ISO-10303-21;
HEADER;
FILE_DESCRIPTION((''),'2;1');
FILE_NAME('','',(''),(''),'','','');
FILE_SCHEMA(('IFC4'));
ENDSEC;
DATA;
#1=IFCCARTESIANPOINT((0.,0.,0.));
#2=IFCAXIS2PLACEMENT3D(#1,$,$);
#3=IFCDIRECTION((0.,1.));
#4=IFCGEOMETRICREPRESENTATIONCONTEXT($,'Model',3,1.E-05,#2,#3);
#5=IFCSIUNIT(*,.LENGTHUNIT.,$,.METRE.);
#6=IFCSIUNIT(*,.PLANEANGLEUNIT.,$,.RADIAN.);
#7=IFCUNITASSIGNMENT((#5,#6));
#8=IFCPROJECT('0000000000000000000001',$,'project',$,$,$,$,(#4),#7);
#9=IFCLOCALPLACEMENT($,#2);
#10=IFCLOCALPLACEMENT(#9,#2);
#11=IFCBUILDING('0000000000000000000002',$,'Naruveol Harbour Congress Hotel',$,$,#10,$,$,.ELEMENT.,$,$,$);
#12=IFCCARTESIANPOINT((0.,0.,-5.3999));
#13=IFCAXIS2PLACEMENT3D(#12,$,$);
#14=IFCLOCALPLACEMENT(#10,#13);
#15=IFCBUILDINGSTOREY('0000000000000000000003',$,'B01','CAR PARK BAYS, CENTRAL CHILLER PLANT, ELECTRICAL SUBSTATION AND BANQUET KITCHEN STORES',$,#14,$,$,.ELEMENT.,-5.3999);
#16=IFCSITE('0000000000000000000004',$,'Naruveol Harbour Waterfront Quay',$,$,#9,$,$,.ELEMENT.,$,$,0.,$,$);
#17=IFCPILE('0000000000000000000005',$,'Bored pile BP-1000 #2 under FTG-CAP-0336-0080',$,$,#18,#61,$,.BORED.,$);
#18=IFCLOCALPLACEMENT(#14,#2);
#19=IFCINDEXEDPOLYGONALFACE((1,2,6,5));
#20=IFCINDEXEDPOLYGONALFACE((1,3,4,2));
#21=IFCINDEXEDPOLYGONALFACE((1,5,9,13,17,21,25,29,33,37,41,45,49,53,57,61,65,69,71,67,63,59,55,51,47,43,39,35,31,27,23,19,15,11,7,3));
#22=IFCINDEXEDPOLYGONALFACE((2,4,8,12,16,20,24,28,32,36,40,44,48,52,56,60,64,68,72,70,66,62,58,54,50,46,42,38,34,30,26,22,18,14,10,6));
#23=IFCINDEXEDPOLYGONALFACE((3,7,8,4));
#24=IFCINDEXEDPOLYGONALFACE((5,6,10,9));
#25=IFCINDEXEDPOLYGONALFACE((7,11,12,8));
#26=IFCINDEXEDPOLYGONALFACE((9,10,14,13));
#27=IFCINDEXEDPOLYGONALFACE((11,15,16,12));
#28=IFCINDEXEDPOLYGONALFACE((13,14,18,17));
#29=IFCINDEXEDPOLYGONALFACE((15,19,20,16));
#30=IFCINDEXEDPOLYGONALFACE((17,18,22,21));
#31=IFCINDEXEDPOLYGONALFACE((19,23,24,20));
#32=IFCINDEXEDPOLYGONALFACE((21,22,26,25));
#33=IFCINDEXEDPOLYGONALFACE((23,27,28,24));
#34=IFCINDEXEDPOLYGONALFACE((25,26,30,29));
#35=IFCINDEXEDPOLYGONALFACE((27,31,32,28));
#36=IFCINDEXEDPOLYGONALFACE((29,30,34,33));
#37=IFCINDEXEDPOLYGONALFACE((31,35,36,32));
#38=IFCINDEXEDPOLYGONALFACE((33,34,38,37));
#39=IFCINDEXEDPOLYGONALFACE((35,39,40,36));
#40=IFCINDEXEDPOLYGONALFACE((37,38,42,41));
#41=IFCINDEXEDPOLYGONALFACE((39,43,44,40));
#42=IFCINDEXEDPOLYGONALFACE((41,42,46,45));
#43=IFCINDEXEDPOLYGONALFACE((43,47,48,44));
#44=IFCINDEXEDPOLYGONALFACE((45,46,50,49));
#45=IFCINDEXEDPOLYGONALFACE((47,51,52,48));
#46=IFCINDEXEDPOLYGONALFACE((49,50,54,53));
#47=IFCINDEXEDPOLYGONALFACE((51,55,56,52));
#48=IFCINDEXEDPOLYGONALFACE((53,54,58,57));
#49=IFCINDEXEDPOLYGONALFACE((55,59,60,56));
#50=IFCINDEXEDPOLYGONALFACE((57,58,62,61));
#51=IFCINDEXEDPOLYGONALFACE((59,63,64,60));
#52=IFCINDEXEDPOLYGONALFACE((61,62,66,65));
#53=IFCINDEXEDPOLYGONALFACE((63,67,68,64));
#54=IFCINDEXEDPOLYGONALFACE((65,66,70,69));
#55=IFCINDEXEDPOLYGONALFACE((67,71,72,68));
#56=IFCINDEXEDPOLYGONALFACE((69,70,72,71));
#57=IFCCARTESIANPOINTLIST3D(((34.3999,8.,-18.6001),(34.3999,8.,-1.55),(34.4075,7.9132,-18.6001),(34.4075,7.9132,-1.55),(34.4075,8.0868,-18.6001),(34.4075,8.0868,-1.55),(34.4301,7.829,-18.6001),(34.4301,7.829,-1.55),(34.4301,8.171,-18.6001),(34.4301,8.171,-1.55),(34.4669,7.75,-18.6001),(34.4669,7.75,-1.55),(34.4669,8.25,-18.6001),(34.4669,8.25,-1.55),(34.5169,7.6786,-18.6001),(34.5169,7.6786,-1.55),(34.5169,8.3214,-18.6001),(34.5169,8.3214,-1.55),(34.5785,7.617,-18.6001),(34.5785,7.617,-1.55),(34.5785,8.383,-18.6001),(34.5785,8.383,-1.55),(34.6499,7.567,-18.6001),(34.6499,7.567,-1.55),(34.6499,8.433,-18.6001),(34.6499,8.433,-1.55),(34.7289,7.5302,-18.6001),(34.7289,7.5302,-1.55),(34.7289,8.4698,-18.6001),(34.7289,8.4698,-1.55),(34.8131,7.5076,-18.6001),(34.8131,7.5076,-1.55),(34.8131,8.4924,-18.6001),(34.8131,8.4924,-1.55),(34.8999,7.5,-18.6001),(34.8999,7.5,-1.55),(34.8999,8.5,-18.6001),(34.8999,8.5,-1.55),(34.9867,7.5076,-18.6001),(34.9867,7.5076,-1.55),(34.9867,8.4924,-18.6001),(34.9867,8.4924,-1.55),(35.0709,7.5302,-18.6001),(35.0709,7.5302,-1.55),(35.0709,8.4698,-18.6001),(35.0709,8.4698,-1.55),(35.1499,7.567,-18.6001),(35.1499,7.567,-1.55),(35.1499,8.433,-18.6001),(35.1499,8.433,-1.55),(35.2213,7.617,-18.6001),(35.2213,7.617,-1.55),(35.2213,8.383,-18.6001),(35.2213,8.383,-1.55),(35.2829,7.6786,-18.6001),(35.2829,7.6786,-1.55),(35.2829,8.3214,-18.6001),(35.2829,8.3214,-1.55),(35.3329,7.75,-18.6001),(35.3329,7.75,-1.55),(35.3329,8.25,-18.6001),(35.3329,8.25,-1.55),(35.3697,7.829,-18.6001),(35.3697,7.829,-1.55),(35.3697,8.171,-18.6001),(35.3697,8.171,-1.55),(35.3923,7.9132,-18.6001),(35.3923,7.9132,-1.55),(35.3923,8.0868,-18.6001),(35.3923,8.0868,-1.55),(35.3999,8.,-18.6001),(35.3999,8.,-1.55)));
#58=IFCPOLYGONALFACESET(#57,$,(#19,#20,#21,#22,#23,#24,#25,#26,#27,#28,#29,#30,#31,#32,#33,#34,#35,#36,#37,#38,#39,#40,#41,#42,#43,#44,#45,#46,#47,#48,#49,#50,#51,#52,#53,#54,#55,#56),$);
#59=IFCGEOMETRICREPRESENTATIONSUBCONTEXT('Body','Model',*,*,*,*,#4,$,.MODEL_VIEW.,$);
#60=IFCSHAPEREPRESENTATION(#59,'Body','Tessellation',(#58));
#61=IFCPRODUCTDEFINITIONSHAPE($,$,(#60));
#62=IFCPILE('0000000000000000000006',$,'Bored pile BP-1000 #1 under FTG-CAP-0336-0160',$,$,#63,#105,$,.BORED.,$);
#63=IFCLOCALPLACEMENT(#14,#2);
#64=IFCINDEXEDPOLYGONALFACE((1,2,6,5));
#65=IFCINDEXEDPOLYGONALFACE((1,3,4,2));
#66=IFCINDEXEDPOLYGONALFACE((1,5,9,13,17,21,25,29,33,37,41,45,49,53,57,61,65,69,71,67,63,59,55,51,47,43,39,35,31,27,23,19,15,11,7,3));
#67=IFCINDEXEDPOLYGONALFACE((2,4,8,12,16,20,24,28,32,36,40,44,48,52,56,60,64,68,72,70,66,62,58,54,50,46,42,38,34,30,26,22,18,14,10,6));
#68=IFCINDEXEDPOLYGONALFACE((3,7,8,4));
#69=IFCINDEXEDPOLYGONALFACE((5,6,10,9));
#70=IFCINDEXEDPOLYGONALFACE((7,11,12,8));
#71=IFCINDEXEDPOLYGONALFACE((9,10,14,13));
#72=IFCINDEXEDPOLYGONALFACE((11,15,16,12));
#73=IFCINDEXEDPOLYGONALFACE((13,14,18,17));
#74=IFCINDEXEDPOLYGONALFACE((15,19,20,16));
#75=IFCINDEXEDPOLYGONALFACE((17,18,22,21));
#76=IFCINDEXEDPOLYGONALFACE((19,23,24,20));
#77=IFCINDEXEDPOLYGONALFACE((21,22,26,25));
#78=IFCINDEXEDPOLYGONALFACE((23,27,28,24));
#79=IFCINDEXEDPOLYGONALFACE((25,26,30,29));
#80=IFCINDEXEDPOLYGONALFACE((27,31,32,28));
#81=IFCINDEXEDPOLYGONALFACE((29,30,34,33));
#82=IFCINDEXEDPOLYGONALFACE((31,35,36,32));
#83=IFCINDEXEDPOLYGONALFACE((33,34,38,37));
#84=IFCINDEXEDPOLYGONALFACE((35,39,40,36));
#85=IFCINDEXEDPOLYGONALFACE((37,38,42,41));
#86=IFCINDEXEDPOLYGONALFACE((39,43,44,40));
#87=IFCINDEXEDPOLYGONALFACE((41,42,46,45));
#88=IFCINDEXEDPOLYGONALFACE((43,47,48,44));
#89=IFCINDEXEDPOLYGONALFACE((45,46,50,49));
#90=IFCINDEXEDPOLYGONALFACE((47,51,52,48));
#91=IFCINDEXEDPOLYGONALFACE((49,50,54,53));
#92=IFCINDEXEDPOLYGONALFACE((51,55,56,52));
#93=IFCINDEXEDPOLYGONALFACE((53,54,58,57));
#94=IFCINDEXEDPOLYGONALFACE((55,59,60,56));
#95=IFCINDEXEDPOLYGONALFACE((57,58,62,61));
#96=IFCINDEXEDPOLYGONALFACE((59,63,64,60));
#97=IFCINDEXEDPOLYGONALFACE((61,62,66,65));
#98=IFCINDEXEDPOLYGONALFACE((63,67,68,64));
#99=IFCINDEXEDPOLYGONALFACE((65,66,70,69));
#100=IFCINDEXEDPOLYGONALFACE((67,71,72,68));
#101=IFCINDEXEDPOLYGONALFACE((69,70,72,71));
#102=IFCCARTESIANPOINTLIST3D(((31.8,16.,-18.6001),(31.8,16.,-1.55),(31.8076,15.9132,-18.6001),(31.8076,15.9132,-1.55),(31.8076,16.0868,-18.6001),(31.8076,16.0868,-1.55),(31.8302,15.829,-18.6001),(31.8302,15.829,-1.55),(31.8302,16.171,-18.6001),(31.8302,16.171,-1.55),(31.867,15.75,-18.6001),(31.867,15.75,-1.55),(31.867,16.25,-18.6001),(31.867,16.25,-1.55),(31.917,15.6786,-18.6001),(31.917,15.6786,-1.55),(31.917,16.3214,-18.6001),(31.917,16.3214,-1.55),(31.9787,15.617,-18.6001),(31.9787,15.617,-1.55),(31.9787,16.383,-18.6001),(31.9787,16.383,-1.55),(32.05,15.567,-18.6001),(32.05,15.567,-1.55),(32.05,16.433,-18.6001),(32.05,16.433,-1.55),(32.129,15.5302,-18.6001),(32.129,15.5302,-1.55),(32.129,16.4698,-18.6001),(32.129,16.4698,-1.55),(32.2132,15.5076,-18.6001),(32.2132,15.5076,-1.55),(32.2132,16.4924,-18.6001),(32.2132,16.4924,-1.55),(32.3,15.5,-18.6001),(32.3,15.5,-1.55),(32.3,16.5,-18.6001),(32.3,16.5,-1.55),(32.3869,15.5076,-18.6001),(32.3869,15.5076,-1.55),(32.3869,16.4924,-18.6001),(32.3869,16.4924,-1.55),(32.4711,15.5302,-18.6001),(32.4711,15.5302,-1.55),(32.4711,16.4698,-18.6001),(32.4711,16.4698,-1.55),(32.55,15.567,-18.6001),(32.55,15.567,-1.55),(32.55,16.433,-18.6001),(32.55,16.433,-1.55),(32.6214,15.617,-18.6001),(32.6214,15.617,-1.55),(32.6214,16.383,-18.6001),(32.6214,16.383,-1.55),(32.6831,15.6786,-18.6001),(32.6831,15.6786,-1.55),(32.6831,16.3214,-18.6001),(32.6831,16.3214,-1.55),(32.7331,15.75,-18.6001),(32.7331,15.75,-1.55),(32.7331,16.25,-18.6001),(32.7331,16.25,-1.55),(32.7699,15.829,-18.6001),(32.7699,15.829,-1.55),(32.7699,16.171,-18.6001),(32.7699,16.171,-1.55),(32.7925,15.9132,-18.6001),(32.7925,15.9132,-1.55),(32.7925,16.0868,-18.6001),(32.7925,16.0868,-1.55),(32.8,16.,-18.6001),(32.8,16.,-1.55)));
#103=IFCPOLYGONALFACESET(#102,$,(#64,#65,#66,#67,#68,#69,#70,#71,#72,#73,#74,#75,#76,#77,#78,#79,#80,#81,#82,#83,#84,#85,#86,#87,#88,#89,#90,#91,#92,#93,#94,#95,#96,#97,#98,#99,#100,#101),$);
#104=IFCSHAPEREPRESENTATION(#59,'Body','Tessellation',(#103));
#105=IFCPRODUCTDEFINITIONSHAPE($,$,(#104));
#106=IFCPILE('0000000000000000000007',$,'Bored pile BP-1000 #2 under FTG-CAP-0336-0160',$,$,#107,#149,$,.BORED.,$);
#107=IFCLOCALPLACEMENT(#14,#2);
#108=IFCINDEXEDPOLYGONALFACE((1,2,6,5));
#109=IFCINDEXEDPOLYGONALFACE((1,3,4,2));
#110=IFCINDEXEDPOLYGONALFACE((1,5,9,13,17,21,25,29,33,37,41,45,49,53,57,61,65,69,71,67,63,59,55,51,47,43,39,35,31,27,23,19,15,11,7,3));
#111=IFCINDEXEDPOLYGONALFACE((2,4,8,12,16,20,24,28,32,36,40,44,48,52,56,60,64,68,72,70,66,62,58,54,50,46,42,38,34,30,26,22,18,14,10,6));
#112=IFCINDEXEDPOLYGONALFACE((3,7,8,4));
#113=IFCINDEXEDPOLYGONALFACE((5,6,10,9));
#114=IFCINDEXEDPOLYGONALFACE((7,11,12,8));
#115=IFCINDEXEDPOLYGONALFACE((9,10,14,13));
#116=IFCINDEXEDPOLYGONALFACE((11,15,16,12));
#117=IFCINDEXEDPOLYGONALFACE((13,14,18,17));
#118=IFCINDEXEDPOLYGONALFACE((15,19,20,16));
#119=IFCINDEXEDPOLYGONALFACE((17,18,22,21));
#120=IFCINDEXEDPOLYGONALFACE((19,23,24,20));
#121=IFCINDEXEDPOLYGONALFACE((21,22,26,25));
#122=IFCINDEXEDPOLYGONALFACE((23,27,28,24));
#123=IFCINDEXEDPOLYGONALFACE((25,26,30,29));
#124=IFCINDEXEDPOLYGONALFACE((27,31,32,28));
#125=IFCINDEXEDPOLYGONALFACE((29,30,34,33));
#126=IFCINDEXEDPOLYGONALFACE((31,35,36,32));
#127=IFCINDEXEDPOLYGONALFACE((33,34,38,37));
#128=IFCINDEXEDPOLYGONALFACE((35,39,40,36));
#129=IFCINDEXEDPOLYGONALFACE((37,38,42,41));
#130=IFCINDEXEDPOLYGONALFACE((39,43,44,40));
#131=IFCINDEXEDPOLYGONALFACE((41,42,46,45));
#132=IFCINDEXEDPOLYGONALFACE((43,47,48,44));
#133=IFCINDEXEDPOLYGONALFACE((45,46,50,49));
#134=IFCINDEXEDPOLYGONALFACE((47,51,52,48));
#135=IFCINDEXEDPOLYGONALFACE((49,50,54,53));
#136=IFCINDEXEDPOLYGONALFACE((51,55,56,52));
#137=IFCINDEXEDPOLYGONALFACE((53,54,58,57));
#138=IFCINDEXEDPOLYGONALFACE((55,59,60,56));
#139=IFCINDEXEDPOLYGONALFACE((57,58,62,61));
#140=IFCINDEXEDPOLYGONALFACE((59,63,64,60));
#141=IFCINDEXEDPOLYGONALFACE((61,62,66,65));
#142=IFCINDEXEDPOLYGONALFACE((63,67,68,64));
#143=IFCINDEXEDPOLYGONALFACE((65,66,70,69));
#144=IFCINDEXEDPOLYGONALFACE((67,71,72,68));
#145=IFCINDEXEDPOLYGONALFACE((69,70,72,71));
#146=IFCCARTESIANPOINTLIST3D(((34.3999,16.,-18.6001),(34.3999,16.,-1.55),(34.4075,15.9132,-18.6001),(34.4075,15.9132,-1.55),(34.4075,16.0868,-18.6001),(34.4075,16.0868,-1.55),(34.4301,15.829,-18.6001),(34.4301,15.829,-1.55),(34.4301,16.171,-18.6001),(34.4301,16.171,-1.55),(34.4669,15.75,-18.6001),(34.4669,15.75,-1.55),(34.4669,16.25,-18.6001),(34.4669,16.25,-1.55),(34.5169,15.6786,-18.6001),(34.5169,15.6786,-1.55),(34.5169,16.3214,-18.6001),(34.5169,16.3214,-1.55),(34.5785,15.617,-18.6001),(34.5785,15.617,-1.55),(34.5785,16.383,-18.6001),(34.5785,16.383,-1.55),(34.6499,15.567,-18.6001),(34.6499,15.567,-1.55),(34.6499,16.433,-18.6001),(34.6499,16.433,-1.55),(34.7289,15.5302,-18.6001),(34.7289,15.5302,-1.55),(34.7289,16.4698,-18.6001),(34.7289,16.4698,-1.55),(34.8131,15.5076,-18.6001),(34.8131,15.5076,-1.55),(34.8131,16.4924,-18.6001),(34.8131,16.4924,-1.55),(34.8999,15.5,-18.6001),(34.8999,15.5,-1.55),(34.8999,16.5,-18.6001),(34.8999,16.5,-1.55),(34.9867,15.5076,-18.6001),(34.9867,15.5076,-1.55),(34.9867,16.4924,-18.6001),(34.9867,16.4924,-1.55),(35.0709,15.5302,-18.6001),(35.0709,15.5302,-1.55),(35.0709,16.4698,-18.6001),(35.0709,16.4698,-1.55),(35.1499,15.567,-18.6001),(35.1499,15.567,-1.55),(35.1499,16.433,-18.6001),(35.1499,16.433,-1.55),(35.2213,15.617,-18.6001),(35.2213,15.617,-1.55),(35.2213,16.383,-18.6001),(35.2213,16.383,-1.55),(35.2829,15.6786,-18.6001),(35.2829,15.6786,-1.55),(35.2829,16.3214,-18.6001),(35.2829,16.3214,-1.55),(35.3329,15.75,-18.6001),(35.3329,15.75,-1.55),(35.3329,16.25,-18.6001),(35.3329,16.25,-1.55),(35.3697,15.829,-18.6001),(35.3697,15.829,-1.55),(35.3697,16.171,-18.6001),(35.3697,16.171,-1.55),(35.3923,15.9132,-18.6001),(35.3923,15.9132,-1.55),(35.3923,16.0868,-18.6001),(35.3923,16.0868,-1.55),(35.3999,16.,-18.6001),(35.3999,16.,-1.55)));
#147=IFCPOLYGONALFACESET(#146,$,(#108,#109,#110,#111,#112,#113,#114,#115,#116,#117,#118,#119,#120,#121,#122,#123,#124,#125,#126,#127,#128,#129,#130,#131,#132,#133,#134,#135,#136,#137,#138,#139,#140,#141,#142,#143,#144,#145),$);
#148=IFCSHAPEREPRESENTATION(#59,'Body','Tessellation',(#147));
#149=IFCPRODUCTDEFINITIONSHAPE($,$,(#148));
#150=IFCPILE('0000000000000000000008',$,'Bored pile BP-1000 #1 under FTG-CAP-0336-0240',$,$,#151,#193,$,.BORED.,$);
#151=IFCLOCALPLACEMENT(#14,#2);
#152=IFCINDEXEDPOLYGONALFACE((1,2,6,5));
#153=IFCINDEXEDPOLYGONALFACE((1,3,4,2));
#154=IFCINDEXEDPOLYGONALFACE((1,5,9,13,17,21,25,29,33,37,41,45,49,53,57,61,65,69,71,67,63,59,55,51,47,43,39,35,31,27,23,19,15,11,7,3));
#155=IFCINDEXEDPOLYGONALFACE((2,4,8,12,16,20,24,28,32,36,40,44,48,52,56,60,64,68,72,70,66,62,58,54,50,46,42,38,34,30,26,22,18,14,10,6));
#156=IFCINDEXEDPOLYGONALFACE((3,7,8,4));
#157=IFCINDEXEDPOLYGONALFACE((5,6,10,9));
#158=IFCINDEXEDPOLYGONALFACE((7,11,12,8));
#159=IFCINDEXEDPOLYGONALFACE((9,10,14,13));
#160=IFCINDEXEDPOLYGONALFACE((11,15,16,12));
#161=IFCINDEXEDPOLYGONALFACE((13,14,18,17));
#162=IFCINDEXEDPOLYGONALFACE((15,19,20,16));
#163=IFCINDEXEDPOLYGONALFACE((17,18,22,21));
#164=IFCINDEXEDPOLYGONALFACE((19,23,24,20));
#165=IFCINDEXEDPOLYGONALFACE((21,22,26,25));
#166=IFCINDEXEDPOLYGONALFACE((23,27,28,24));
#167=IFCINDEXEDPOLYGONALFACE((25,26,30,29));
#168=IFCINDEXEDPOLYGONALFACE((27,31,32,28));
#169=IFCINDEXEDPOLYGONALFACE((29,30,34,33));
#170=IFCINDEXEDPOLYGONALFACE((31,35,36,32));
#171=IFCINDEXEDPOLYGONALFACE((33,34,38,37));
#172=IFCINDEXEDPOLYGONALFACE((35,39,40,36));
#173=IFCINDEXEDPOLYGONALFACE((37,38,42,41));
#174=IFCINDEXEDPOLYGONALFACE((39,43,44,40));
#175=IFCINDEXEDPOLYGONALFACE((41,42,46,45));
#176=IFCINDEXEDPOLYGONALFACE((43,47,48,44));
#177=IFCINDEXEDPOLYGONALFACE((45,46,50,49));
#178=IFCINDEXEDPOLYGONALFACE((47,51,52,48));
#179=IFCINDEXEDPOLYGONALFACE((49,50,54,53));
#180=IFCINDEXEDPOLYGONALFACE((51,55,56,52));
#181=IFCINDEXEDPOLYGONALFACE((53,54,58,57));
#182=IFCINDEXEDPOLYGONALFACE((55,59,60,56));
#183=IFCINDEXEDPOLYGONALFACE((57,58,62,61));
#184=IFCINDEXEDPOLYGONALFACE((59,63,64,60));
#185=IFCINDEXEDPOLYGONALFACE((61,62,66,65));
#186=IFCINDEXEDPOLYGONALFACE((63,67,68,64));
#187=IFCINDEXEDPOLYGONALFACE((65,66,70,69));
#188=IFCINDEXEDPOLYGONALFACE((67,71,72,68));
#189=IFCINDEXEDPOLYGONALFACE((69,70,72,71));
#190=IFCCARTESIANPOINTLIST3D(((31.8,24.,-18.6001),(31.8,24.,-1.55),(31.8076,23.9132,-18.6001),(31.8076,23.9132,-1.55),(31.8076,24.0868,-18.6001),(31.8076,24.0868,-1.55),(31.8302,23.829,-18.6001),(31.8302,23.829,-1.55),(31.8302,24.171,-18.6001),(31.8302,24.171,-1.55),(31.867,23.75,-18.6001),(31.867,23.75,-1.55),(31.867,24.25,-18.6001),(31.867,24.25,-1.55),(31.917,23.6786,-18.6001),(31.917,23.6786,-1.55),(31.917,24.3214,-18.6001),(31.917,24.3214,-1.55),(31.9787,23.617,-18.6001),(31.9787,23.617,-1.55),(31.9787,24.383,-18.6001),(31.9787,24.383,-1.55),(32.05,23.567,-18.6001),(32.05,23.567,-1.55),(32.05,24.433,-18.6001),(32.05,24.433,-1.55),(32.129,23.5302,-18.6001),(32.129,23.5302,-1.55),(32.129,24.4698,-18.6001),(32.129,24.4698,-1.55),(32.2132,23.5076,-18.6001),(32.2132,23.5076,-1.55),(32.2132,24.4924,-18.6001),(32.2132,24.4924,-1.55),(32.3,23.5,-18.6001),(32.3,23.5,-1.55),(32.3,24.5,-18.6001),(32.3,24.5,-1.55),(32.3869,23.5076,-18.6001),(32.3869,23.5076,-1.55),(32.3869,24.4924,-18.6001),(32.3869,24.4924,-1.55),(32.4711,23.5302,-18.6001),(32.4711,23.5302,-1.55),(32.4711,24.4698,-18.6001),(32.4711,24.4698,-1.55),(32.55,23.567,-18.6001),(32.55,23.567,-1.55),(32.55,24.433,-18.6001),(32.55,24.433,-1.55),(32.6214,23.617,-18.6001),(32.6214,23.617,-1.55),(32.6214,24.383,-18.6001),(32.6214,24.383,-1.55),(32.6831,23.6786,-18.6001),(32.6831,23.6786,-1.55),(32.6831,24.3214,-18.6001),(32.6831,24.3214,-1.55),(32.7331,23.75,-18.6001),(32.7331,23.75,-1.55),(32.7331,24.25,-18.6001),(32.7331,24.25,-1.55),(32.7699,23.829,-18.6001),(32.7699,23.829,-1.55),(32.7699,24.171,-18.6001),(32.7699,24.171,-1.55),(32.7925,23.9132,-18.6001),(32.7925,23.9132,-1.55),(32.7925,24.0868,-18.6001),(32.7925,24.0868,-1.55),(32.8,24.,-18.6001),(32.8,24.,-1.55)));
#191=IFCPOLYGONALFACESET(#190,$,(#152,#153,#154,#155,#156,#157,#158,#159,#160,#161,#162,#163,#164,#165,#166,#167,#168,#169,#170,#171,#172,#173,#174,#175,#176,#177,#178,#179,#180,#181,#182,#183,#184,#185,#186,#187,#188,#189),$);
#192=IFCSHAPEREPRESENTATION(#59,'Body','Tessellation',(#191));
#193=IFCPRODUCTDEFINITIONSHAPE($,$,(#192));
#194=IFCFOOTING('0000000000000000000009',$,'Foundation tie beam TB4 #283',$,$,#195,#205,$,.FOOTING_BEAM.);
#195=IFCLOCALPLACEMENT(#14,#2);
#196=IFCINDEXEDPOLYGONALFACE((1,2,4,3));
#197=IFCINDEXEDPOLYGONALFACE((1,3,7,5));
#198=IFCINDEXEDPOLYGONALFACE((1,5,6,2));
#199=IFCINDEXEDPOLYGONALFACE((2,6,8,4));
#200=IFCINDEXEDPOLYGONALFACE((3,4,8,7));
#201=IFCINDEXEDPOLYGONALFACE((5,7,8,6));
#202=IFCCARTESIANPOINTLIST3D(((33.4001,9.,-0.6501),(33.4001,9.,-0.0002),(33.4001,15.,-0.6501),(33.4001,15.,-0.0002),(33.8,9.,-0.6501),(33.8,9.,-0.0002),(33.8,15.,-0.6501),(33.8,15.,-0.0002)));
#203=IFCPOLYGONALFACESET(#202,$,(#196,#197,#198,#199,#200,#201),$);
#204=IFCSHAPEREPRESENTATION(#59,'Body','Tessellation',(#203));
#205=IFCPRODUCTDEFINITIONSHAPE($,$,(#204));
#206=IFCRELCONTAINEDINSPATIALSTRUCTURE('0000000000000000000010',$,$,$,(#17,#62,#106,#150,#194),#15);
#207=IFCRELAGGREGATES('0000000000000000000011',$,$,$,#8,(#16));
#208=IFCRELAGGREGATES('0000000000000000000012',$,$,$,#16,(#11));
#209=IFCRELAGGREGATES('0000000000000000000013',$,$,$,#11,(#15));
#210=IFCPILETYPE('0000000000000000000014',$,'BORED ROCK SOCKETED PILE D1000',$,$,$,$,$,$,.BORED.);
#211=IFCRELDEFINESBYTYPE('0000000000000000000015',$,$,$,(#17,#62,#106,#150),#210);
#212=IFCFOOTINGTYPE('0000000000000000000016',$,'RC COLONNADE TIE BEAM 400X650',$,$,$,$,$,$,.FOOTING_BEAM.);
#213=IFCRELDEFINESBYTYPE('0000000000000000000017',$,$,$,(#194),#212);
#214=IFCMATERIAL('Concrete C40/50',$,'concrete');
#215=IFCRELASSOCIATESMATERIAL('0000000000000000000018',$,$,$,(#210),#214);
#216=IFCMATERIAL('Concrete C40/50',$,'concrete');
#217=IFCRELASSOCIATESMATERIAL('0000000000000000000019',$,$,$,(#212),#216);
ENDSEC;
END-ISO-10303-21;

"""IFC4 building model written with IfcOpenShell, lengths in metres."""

from ifc_helpers import new_model, si_unit, direction, frame, origin, origin_2d, place, context, subcontext, project, spatial, rectangle, circle, extrude, material, material_profile, profile_set, type_object, element, save


model = new_model("IFC4")

# Units and contexts
model_context = context("Model", 3, precision=1e-05, world=origin(), true_north=direction((0.0, 1.0)))
body_context = subcontext(model_context, "Body", "Model", "MODEL_VIEW")
ifc_project = project(units=[si_unit("LENGTHUNIT", "METRE"), si_unit("PLANEANGLEUNIT", "RADIAN")], contexts=[model_context])

# Site, building, storey
site_placement = place(None, origin())
site = spatial("IfcSite", under=ifc_project, at=site_placement, Name="Naruveol Harbour Waterfront Quay", CompositionType="ELEMENT", RefElevation=0.0)
building_placement = place(site_placement, origin())
building = spatial("IfcBuilding", under=site, at=building_placement, Name="Naruveol Harbour Congress Hotel", CompositionType="ELEMENT")
storey_placement = place(building_placement, frame((0.0, 0.0, -5.3999)))
storey = spatial("IfcBuildingStorey", under=building, at=storey_placement, Name="B01", Description="CAR PARK BAYS, CENTRAL CHILLER PLANT, ELECTRICAL SUBSTATION AND BANQUET KITCHEN STORES", CompositionType="ELEMENT", Elevation=-5.3999)

# Piles
ifc_material_1 = material(Name="Concrete C40/50", Category="concrete")
ifc_material_profile_1 = material_profile(ifc_material_1, circle(Radius=0.5, at=origin_2d()), Name="BP-1000")
ifc_profile_set_1 = profile_set([ifc_material_profile_1], Name="Concrete C40/50")
pile_type = type_object("IfcPileType", Name="BORED ROCK SOCKETED PILE D1000", PredefinedType="BORED", material=ifc_profile_set_1)
for number, where, z_axis, x_axis, name in (
    (1, (34.8999, 8.0, -1.55), (0.0, 0.0, -1.0), (1.0, 0.0, 0.0), "Bored pile BP-1000 #2 under FTG-CAP-0336-0080"),
    (2, (32.3, 16.0, -1.55), (0.0, 0.0, -1.0), (1.0, 0.0, 0.0), "Bored pile BP-1000 #1 under FTG-CAP-0336-0160"),
    (3, (34.8999, 16.0, -1.55), (0.0, 0.0, -1.0), (1.0, 0.0, 0.0), "Bored pile BP-1000 #2 under FTG-CAP-0336-0160"),
    (4, (32.3, 24.0, -1.55), (0.0, 0.0, -1.0), (1.0, 0.0, 0.0), "Bored pile BP-1000 #1 under FTG-CAP-0336-0240"),
):
    element("IfcPile", number, at=place(storey_placement, frame(where, z_axis=z_axis, x_axis=x_axis)), inside=storey, type_object=pile_type, Name=name, PredefinedType="BORED", context=body_context, shape_type="SweptSolid", body=[
        extrude(circle(Radius=0.5, at=origin_2d()), origin(), (0.0, 0.0, 1.0), 17.05),
    ])

# Footing
ifc_material_2 = material(Name="Concrete C40/50", Category="concrete")
ifc_material_profile_2 = material_profile(ifc_material_2, rectangle(XDim=0.3999, YDim=0.6499, at=origin_2d()), Name="RCB-400x650")
ifc_profile_set_2 = profile_set([ifc_material_profile_2], Name="Concrete C40/50")
footing_type_1 = type_object("IfcFootingType", Name="RC COLONNADE TIE BEAM 400X650", PredefinedType="FOOTING_BEAM", material=ifc_profile_set_2)
for number, where, z_axis, x_axis, name in (
    (5, (33.6001, 9.0, -0.3252), (0.0, 1.0, 0.0), (-1.0, 0.0, 0.0), "Foundation tie beam TB4 #283"),
):
    element("IfcFooting", number, at=place(storey_placement, frame(where, z_axis=z_axis, x_axis=x_axis)), inside=storey, type_object=footing_type_1, Name=name, PredefinedType="FOOTING_BEAM", context=body_context, shape_type="SweptSolid", body=[
        extrude(rectangle(XDim=0.3999, YDim=0.6499, at=origin_2d()), origin(), (0.0, 0.0, 1.0), 6.0),
    ])

save(model, "model.ifc")
